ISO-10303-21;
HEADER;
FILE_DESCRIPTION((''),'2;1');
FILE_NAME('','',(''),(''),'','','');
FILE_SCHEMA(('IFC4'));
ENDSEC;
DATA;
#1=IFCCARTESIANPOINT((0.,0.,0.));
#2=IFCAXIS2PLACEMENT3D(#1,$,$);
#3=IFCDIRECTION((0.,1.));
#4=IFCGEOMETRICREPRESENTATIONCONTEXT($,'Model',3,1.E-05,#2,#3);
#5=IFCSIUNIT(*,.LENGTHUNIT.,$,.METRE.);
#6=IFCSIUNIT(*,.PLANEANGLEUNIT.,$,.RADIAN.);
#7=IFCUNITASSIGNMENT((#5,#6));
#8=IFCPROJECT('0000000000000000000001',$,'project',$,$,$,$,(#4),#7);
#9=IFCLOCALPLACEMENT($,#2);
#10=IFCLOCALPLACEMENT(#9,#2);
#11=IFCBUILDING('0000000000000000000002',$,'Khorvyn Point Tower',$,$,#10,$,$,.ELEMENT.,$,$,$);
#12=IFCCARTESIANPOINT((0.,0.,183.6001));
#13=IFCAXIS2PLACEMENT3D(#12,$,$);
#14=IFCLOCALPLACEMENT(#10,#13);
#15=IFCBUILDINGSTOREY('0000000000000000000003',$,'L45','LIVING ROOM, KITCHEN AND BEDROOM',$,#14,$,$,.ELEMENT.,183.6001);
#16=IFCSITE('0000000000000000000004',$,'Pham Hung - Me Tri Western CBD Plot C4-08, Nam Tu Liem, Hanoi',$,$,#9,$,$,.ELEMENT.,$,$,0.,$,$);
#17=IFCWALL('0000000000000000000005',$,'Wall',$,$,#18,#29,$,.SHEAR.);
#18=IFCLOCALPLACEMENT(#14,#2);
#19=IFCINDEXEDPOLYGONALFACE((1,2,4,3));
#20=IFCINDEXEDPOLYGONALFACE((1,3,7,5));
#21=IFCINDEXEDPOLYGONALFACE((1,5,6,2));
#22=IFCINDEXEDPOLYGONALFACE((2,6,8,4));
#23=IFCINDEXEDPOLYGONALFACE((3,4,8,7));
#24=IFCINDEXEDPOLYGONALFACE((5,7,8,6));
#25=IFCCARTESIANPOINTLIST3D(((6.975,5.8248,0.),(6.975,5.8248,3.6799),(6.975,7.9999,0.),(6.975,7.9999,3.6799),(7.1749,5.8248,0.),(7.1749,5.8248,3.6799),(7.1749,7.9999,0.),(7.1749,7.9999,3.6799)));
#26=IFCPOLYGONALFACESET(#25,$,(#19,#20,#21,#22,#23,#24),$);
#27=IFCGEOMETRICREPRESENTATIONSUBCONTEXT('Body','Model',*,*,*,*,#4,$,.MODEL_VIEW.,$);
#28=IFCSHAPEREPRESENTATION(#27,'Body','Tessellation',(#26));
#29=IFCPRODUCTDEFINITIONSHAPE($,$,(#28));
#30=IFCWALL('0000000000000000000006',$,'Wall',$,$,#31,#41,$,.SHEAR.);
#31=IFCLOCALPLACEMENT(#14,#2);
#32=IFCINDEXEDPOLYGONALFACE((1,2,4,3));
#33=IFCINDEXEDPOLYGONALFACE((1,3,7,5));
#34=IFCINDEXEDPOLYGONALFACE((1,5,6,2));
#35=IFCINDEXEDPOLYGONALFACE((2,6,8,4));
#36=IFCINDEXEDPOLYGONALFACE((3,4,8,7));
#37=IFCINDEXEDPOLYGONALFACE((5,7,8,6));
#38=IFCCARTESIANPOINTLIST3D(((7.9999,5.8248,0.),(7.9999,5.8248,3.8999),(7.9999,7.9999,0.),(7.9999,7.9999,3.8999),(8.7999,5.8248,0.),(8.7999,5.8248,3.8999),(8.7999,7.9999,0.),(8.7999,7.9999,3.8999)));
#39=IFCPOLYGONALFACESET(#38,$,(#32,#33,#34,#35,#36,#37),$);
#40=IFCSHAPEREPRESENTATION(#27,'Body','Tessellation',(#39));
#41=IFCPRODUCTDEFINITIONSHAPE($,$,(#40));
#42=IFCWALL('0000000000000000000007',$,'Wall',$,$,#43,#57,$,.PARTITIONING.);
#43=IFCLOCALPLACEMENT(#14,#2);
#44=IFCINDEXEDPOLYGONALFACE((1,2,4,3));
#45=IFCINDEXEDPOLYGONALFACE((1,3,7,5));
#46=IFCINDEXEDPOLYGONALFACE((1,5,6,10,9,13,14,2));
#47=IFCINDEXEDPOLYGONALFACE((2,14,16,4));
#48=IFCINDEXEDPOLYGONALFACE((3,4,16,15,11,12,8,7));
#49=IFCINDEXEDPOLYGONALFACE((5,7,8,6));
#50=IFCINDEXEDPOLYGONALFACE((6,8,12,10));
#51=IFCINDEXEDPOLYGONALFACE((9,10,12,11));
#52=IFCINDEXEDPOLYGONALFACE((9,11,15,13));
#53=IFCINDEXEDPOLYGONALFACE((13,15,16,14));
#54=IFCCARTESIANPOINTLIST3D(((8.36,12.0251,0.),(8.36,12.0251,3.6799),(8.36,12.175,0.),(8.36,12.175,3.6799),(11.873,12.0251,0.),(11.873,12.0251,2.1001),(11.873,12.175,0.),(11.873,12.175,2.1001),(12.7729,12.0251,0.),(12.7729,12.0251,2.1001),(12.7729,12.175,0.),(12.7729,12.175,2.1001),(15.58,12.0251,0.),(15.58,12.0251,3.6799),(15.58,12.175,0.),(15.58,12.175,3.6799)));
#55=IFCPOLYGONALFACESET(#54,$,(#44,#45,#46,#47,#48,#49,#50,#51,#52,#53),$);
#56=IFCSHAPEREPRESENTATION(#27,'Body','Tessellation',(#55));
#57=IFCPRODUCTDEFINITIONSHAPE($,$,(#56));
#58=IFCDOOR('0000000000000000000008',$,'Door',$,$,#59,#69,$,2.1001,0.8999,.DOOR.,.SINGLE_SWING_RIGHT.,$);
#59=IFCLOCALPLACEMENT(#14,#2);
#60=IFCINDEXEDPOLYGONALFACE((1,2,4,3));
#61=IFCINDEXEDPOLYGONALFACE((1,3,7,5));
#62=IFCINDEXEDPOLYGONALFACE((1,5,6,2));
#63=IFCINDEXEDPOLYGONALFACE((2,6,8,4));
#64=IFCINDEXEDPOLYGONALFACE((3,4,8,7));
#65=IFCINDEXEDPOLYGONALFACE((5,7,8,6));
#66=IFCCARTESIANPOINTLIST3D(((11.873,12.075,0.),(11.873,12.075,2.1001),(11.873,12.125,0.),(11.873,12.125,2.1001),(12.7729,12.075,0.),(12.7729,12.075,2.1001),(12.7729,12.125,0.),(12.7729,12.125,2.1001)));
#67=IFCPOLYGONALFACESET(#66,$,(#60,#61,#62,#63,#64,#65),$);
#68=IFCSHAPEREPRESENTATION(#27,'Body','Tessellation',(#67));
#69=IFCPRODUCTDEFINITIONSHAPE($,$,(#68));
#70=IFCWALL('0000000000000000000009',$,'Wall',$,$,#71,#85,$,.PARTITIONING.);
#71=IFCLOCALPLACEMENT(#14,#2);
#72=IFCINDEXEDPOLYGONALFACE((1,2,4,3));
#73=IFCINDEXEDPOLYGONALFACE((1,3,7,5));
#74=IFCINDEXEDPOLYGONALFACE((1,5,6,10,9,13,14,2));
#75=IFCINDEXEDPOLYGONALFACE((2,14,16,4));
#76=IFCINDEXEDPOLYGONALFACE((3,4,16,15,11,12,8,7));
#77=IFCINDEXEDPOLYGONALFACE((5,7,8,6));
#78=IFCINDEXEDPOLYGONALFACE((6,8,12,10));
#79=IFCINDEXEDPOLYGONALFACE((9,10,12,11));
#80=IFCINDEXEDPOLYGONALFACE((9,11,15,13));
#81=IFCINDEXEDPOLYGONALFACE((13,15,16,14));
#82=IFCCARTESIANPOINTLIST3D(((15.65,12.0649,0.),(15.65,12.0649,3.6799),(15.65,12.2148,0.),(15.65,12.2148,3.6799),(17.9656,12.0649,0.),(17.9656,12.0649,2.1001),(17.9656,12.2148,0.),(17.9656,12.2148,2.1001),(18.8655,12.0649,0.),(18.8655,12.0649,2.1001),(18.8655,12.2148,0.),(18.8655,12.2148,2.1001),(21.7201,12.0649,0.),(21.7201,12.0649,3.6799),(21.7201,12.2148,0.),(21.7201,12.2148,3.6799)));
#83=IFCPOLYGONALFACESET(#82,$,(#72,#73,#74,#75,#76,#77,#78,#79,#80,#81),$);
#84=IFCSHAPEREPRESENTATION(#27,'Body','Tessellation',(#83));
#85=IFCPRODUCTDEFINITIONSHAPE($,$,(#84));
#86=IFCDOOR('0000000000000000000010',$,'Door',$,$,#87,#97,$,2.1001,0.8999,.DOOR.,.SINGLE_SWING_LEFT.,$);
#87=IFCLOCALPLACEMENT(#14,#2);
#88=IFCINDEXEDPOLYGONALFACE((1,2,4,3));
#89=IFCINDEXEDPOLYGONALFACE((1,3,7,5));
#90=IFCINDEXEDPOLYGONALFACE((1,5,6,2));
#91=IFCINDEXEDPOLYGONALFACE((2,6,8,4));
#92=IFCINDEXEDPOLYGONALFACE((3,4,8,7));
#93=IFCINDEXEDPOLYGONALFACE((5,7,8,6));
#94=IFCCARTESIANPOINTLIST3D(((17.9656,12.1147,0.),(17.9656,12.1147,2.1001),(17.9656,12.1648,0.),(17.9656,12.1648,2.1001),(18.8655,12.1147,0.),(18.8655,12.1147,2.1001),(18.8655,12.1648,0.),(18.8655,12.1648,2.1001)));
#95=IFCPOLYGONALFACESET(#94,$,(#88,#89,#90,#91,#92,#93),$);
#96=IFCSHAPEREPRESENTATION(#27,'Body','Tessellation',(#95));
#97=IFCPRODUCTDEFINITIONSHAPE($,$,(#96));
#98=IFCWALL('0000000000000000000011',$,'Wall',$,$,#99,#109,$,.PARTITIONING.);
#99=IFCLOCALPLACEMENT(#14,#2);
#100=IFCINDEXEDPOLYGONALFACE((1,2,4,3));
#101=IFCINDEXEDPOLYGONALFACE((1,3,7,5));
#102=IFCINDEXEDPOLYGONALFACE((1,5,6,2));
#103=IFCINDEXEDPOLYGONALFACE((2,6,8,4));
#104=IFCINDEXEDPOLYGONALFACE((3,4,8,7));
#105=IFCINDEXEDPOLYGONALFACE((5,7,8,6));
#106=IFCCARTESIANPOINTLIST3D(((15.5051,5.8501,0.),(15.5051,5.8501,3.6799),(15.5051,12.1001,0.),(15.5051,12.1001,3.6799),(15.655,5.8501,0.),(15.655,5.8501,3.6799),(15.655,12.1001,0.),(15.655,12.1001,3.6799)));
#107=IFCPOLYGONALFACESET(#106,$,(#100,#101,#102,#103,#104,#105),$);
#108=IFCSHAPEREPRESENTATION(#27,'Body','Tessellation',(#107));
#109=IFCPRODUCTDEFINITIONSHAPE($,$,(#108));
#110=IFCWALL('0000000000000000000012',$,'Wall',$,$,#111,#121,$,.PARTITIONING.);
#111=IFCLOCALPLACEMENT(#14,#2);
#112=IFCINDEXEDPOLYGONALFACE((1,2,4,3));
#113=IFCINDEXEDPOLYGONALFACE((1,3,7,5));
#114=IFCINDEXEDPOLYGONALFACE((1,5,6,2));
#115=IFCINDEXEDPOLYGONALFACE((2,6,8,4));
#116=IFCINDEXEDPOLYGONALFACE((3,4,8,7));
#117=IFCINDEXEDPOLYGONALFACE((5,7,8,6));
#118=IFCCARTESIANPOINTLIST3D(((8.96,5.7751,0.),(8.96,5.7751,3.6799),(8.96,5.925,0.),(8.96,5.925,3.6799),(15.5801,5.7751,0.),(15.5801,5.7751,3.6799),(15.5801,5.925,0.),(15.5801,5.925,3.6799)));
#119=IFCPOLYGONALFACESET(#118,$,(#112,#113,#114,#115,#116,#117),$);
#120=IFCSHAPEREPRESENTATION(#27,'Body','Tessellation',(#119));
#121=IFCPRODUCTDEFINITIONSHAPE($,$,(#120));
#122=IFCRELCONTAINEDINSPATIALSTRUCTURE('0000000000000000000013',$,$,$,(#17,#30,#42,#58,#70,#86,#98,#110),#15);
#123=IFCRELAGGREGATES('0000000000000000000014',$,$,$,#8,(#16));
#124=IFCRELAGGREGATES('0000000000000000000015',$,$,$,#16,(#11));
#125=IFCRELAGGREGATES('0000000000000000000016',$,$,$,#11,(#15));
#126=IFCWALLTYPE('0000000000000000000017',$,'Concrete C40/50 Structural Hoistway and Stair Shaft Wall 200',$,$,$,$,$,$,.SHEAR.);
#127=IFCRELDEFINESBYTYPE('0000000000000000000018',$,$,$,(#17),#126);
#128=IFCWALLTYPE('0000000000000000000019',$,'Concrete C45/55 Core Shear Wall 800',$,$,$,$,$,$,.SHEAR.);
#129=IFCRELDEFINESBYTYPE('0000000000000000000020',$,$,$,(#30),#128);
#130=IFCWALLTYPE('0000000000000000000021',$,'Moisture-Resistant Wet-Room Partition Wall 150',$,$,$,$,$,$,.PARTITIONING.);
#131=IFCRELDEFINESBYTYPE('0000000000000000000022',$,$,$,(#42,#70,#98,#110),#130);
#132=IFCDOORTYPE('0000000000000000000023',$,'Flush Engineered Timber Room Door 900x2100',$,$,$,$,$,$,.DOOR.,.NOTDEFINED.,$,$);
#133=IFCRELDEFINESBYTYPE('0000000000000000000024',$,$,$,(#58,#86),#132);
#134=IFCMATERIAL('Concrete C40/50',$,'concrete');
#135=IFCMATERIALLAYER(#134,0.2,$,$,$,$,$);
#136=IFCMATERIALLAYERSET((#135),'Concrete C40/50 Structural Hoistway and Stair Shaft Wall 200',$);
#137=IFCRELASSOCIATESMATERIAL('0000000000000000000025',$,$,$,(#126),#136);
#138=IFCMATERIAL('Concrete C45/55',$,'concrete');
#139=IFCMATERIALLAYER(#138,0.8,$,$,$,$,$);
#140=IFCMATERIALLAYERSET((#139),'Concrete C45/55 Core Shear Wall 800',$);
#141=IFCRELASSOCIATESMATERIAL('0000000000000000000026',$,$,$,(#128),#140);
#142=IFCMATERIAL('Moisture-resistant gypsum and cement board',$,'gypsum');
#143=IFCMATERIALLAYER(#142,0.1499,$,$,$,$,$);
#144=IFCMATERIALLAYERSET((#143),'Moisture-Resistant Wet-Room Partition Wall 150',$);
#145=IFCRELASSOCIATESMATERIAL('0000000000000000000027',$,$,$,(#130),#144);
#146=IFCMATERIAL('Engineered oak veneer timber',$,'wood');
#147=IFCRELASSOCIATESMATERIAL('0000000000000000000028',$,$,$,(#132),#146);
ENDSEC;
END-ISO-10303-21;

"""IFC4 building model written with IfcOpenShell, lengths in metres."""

from ifc_helpers import new_model, si_unit, direction, frame, frame_2d, origin, place, context, subcontext, project, spatial, rectangle, extrude, material, layer, layer_set, type_object, element, fill, save


model = new_model("IFC4")

# Units and contexts
model_context = context("Model", 3, precision=1e-05, world=origin(), true_north=direction((0.0, 1.0)))
body_context = subcontext(model_context, "Body", "Model", "MODEL_VIEW")
ifc_project = project(units=[si_unit("LENGTHUNIT", "METRE"), si_unit("PLANEANGLEUNIT", "RADIAN")], contexts=[model_context])

# Site, building, storey
site_placement = place(None, origin())
site = spatial("IfcSite", under=ifc_project, at=site_placement, Name="Pham Hung - Me Tri Western CBD Plot C4-08, Nam Tu Liem, Hanoi", CompositionType="ELEMENT", RefElevation=0.0)
building_placement = place(site_placement, origin())
building = spatial("IfcBuilding", under=site, at=building_placement, Name="Khorvyn Point Tower", CompositionType="ELEMENT")
storey_placement = place(building_placement, frame((0.0, 0.0, 183.6001)))
storey = spatial("IfcBuildingStorey", under=building, at=storey_placement, Name="L45", Description="LIVING ROOM, KITCHEN AND BEDROOM", CompositionType="ELEMENT", Elevation=183.6001)

# Shared definitions
ifc_material_1 = material(Name="Concrete C45/55", Category="concrete")

# Shared definitions
ifc_material_2 = material(Name="Concrete C40/50", Category="concrete")

# Shared definitions
ifc_layer_1 = layer(ifc_material_2, 0.2)
ifc_layer_set_1 = layer_set([ifc_layer_1], Name="Concrete C40/50 Structural Hoistway and Stair Shaft Wall 200")
wall_type_1 = type_object("IfcWallType", Name="Concrete C40/50 Structural Hoistway and Stair Shaft Wall 200", PredefinedType="SHEAR", material=ifc_layer_set_1)

# Walls
wall_1_placement = place(storey_placement, frame((7.075, 5.825, 0.0), z_axis=(0.0, 0.0, 1.0), x_axis=(0.0, 1.0, 0.0)))
element("IfcWall", 1, at=wall_1_placement, inside=storey, type_object=wall_type_1, Name="Wall", PredefinedType="SHEAR", context=body_context, shape_type="SweptSolid", body=[
    extrude(rectangle(XDim=2.175, YDim=0.2, at=frame_2d((1.0874, 0.0))), origin(), (0.0, 0.0, 1.0), 3.6799),
])
ifc_layer_2 = layer(ifc_material_1, 0.8)
ifc_layer_set_2 = layer_set([ifc_layer_2], Name="Concrete C45/55 Core Shear Wall 800")
wall_type_2 = type_object("IfcWallType", Name="Concrete C45/55 Core Shear Wall 800", PredefinedType="SHEAR", material=ifc_layer_set_2)
wall_2_placement = place(storey_placement, frame((8.3999, 5.825, 0.0), z_axis=(0.0, 0.0, 1.0), x_axis=(0.0, 1.0, 0.0)))
element("IfcWall", 2, at=wall_2_placement, inside=storey, type_object=wall_type_2, Name="Wall", PredefinedType="SHEAR", context=body_context, shape_type="SweptSolid", body=[
    extrude(rectangle(XDim=2.175, YDim=0.8, at=frame_2d((1.0874, 0.0))), origin(), (0.0, 0.0, 1.0), 3.8999),
])

# Walls, openings, doors
ifc_material_3 = material(Name="Moisture-resistant gypsum and cement board", Category="gypsum")
ifc_layer_3 = layer(ifc_material_3, 0.1499)
ifc_layer_set_3 = layer_set([ifc_layer_3], Name="Moisture-Resistant Wet-Room Partition Wall 150")
wall_type_3 = type_object("IfcWallType", Name="Moisture-Resistant Wet-Room Partition Wall 150", PredefinedType="PARTITIONING", material=ifc_layer_set_3)
wall_3_placement = place(storey_placement, frame((8.3601, 12.1001, 0.0), z_axis=(0.0, 0.0, 1.0), x_axis=(1.0, 0.0, 0.0)))
wall_3 = element("IfcWall", 3, at=wall_3_placement, inside=storey, type_object=wall_type_3, Name="Wall", PredefinedType="PARTITIONING", context=body_context, shape_type="SweptSolid", body=[
    extrude(rectangle(XDim=7.22, YDim=0.1499, at=frame_2d((3.6099, 0.0))), origin(), (0.0, 0.0, 1.0), 3.6799),
])
opening_1_placement = place(wall_3_placement, frame((3.5129, 0.0, 0.0)))
opening_1 = element("IfcOpeningElement", 4, at=opening_1_placement, cuts=wall_3, PredefinedType="OPENING", context=body_context, shape_type="SweptSolid", body=[
    extrude(rectangle(XDim=0.8999, YDim=2.1001, at=frame_2d((0.45, 1.05))), frame((0.0, 0.085, 0.0), z_axis=(0.0, -1.0, 0.0), x_axis=(1.0, 0.0, 0.0)), (0.0, 0.0, 1.0), 0.1699),
])
ifc_material_4 = material(Name="Engineered oak veneer timber", Category="wood")
door_type_1 = type_object("IfcDoorType", Name="Flush Engineered Timber Room Door 900x2100", OperationType="NOTDEFINED", PredefinedType="DOOR", material=ifc_material_4)
door_1_placement = place(opening_1_placement, origin())
door_1 = element("IfcDoor", 5, at=door_1_placement, inside=storey, type_object=door_type_1, Name="Door", OperationType="SINGLE_SWING_RIGHT", OverallHeight=2.1001, OverallWidth=0.8999, PredefinedType="DOOR", context=body_context, shape_type="SweptSolid", body=[
    extrude(rectangle(XDim=0.8999, YDim=2.1001, at=frame_2d((0.45, 1.05))), frame((0.0, 0.0249, 0.0), z_axis=(0.0, -1.0, 0.0), x_axis=(1.0, 0.0, 0.0)), (0.0, 0.0, 1.0), 0.05),
])
fill(opening_1, door_1)
wall_4_placement = place(storey_placement, frame((15.6499, 12.1399, 0.0), z_axis=(0.0, 0.0, 1.0), x_axis=(1.0, 0.0, 0.0)))
wall_4 = element("IfcWall", 6, at=wall_4_placement, inside=storey, type_object=wall_type_3, Name="Wall", PredefinedType="PARTITIONING", context=body_context, shape_type="SweptSolid", body=[
    extrude(rectangle(XDim=6.0701, YDim=0.1499, at=frame_2d((3.0352, 0.0))), origin(), (0.0, 0.0, 1.0), 3.6799),
])
opening_2_placement = place(wall_4_placement, frame((2.3157, 0.0, 0.0)))
opening_2 = element("IfcOpeningElement", 7, at=opening_2_placement, cuts=wall_4, PredefinedType="OPENING", context=body_context, shape_type="SweptSolid", body=[
    extrude(rectangle(XDim=0.8999, YDim=2.1001, at=frame_2d((0.45, 1.05))), frame((0.0, 0.085, 0.0), z_axis=(0.0, -1.0, 0.0), x_axis=(1.0, 0.0, 0.0)), (0.0, 0.0, 1.0), 0.1699),
])
door_2_placement = place(opening_2_placement, origin())
door_2 = element("IfcDoor", 8, at=door_2_placement, inside=storey, type_object=door_type_1, Name="Door", OperationType="SINGLE_SWING_LEFT", OverallHeight=2.1001, OverallWidth=0.8999, PredefinedType="DOOR", context=body_context, shape_type="SweptSolid", body=[
    extrude(rectangle(XDim=0.8999, YDim=2.1001, at=frame_2d((0.45, 1.05))), frame((0.0, 0.0249, 0.0), z_axis=(0.0, -1.0, 0.0), x_axis=(1.0, 0.0, 0.0)), (0.0, 0.0, 1.0), 0.05),
])
fill(opening_2, door_2)

# Walls
wall_5_placement = place(storey_placement, frame((15.5801, 5.8501, 0.0), z_axis=(0.0, 0.0, 1.0), x_axis=(0.0, 1.0, 0.0)))
element("IfcWall", 9, at=wall_5_placement, inside=storey, type_object=wall_type_3, Name="Wall", PredefinedType="PARTITIONING", context=body_context, shape_type="SweptSolid", body=[
    extrude(rectangle(XDim=6.25, YDim=0.1499, at=frame_2d((3.125, 0.0))), origin(), (0.0, 0.0, 1.0), 3.6799),
])
wall_6_placement = place(storey_placement, frame((8.96, 5.8501, 0.0), z_axis=(0.0, 0.0, 1.0), x_axis=(1.0, 0.0, 0.0)))
element("IfcWall", 10, at=wall_6_placement, inside=storey, type_object=wall_type_3, Name="Wall", PredefinedType="PARTITIONING", context=body_context, shape_type="SweptSolid", body=[
    extrude(rectangle(XDim=6.6201, YDim=0.1499, at=frame_2d((3.3101, 0.0))), origin(), (0.0, 0.0, 1.0), 3.6799),
])

save(model, "model.ifc")
